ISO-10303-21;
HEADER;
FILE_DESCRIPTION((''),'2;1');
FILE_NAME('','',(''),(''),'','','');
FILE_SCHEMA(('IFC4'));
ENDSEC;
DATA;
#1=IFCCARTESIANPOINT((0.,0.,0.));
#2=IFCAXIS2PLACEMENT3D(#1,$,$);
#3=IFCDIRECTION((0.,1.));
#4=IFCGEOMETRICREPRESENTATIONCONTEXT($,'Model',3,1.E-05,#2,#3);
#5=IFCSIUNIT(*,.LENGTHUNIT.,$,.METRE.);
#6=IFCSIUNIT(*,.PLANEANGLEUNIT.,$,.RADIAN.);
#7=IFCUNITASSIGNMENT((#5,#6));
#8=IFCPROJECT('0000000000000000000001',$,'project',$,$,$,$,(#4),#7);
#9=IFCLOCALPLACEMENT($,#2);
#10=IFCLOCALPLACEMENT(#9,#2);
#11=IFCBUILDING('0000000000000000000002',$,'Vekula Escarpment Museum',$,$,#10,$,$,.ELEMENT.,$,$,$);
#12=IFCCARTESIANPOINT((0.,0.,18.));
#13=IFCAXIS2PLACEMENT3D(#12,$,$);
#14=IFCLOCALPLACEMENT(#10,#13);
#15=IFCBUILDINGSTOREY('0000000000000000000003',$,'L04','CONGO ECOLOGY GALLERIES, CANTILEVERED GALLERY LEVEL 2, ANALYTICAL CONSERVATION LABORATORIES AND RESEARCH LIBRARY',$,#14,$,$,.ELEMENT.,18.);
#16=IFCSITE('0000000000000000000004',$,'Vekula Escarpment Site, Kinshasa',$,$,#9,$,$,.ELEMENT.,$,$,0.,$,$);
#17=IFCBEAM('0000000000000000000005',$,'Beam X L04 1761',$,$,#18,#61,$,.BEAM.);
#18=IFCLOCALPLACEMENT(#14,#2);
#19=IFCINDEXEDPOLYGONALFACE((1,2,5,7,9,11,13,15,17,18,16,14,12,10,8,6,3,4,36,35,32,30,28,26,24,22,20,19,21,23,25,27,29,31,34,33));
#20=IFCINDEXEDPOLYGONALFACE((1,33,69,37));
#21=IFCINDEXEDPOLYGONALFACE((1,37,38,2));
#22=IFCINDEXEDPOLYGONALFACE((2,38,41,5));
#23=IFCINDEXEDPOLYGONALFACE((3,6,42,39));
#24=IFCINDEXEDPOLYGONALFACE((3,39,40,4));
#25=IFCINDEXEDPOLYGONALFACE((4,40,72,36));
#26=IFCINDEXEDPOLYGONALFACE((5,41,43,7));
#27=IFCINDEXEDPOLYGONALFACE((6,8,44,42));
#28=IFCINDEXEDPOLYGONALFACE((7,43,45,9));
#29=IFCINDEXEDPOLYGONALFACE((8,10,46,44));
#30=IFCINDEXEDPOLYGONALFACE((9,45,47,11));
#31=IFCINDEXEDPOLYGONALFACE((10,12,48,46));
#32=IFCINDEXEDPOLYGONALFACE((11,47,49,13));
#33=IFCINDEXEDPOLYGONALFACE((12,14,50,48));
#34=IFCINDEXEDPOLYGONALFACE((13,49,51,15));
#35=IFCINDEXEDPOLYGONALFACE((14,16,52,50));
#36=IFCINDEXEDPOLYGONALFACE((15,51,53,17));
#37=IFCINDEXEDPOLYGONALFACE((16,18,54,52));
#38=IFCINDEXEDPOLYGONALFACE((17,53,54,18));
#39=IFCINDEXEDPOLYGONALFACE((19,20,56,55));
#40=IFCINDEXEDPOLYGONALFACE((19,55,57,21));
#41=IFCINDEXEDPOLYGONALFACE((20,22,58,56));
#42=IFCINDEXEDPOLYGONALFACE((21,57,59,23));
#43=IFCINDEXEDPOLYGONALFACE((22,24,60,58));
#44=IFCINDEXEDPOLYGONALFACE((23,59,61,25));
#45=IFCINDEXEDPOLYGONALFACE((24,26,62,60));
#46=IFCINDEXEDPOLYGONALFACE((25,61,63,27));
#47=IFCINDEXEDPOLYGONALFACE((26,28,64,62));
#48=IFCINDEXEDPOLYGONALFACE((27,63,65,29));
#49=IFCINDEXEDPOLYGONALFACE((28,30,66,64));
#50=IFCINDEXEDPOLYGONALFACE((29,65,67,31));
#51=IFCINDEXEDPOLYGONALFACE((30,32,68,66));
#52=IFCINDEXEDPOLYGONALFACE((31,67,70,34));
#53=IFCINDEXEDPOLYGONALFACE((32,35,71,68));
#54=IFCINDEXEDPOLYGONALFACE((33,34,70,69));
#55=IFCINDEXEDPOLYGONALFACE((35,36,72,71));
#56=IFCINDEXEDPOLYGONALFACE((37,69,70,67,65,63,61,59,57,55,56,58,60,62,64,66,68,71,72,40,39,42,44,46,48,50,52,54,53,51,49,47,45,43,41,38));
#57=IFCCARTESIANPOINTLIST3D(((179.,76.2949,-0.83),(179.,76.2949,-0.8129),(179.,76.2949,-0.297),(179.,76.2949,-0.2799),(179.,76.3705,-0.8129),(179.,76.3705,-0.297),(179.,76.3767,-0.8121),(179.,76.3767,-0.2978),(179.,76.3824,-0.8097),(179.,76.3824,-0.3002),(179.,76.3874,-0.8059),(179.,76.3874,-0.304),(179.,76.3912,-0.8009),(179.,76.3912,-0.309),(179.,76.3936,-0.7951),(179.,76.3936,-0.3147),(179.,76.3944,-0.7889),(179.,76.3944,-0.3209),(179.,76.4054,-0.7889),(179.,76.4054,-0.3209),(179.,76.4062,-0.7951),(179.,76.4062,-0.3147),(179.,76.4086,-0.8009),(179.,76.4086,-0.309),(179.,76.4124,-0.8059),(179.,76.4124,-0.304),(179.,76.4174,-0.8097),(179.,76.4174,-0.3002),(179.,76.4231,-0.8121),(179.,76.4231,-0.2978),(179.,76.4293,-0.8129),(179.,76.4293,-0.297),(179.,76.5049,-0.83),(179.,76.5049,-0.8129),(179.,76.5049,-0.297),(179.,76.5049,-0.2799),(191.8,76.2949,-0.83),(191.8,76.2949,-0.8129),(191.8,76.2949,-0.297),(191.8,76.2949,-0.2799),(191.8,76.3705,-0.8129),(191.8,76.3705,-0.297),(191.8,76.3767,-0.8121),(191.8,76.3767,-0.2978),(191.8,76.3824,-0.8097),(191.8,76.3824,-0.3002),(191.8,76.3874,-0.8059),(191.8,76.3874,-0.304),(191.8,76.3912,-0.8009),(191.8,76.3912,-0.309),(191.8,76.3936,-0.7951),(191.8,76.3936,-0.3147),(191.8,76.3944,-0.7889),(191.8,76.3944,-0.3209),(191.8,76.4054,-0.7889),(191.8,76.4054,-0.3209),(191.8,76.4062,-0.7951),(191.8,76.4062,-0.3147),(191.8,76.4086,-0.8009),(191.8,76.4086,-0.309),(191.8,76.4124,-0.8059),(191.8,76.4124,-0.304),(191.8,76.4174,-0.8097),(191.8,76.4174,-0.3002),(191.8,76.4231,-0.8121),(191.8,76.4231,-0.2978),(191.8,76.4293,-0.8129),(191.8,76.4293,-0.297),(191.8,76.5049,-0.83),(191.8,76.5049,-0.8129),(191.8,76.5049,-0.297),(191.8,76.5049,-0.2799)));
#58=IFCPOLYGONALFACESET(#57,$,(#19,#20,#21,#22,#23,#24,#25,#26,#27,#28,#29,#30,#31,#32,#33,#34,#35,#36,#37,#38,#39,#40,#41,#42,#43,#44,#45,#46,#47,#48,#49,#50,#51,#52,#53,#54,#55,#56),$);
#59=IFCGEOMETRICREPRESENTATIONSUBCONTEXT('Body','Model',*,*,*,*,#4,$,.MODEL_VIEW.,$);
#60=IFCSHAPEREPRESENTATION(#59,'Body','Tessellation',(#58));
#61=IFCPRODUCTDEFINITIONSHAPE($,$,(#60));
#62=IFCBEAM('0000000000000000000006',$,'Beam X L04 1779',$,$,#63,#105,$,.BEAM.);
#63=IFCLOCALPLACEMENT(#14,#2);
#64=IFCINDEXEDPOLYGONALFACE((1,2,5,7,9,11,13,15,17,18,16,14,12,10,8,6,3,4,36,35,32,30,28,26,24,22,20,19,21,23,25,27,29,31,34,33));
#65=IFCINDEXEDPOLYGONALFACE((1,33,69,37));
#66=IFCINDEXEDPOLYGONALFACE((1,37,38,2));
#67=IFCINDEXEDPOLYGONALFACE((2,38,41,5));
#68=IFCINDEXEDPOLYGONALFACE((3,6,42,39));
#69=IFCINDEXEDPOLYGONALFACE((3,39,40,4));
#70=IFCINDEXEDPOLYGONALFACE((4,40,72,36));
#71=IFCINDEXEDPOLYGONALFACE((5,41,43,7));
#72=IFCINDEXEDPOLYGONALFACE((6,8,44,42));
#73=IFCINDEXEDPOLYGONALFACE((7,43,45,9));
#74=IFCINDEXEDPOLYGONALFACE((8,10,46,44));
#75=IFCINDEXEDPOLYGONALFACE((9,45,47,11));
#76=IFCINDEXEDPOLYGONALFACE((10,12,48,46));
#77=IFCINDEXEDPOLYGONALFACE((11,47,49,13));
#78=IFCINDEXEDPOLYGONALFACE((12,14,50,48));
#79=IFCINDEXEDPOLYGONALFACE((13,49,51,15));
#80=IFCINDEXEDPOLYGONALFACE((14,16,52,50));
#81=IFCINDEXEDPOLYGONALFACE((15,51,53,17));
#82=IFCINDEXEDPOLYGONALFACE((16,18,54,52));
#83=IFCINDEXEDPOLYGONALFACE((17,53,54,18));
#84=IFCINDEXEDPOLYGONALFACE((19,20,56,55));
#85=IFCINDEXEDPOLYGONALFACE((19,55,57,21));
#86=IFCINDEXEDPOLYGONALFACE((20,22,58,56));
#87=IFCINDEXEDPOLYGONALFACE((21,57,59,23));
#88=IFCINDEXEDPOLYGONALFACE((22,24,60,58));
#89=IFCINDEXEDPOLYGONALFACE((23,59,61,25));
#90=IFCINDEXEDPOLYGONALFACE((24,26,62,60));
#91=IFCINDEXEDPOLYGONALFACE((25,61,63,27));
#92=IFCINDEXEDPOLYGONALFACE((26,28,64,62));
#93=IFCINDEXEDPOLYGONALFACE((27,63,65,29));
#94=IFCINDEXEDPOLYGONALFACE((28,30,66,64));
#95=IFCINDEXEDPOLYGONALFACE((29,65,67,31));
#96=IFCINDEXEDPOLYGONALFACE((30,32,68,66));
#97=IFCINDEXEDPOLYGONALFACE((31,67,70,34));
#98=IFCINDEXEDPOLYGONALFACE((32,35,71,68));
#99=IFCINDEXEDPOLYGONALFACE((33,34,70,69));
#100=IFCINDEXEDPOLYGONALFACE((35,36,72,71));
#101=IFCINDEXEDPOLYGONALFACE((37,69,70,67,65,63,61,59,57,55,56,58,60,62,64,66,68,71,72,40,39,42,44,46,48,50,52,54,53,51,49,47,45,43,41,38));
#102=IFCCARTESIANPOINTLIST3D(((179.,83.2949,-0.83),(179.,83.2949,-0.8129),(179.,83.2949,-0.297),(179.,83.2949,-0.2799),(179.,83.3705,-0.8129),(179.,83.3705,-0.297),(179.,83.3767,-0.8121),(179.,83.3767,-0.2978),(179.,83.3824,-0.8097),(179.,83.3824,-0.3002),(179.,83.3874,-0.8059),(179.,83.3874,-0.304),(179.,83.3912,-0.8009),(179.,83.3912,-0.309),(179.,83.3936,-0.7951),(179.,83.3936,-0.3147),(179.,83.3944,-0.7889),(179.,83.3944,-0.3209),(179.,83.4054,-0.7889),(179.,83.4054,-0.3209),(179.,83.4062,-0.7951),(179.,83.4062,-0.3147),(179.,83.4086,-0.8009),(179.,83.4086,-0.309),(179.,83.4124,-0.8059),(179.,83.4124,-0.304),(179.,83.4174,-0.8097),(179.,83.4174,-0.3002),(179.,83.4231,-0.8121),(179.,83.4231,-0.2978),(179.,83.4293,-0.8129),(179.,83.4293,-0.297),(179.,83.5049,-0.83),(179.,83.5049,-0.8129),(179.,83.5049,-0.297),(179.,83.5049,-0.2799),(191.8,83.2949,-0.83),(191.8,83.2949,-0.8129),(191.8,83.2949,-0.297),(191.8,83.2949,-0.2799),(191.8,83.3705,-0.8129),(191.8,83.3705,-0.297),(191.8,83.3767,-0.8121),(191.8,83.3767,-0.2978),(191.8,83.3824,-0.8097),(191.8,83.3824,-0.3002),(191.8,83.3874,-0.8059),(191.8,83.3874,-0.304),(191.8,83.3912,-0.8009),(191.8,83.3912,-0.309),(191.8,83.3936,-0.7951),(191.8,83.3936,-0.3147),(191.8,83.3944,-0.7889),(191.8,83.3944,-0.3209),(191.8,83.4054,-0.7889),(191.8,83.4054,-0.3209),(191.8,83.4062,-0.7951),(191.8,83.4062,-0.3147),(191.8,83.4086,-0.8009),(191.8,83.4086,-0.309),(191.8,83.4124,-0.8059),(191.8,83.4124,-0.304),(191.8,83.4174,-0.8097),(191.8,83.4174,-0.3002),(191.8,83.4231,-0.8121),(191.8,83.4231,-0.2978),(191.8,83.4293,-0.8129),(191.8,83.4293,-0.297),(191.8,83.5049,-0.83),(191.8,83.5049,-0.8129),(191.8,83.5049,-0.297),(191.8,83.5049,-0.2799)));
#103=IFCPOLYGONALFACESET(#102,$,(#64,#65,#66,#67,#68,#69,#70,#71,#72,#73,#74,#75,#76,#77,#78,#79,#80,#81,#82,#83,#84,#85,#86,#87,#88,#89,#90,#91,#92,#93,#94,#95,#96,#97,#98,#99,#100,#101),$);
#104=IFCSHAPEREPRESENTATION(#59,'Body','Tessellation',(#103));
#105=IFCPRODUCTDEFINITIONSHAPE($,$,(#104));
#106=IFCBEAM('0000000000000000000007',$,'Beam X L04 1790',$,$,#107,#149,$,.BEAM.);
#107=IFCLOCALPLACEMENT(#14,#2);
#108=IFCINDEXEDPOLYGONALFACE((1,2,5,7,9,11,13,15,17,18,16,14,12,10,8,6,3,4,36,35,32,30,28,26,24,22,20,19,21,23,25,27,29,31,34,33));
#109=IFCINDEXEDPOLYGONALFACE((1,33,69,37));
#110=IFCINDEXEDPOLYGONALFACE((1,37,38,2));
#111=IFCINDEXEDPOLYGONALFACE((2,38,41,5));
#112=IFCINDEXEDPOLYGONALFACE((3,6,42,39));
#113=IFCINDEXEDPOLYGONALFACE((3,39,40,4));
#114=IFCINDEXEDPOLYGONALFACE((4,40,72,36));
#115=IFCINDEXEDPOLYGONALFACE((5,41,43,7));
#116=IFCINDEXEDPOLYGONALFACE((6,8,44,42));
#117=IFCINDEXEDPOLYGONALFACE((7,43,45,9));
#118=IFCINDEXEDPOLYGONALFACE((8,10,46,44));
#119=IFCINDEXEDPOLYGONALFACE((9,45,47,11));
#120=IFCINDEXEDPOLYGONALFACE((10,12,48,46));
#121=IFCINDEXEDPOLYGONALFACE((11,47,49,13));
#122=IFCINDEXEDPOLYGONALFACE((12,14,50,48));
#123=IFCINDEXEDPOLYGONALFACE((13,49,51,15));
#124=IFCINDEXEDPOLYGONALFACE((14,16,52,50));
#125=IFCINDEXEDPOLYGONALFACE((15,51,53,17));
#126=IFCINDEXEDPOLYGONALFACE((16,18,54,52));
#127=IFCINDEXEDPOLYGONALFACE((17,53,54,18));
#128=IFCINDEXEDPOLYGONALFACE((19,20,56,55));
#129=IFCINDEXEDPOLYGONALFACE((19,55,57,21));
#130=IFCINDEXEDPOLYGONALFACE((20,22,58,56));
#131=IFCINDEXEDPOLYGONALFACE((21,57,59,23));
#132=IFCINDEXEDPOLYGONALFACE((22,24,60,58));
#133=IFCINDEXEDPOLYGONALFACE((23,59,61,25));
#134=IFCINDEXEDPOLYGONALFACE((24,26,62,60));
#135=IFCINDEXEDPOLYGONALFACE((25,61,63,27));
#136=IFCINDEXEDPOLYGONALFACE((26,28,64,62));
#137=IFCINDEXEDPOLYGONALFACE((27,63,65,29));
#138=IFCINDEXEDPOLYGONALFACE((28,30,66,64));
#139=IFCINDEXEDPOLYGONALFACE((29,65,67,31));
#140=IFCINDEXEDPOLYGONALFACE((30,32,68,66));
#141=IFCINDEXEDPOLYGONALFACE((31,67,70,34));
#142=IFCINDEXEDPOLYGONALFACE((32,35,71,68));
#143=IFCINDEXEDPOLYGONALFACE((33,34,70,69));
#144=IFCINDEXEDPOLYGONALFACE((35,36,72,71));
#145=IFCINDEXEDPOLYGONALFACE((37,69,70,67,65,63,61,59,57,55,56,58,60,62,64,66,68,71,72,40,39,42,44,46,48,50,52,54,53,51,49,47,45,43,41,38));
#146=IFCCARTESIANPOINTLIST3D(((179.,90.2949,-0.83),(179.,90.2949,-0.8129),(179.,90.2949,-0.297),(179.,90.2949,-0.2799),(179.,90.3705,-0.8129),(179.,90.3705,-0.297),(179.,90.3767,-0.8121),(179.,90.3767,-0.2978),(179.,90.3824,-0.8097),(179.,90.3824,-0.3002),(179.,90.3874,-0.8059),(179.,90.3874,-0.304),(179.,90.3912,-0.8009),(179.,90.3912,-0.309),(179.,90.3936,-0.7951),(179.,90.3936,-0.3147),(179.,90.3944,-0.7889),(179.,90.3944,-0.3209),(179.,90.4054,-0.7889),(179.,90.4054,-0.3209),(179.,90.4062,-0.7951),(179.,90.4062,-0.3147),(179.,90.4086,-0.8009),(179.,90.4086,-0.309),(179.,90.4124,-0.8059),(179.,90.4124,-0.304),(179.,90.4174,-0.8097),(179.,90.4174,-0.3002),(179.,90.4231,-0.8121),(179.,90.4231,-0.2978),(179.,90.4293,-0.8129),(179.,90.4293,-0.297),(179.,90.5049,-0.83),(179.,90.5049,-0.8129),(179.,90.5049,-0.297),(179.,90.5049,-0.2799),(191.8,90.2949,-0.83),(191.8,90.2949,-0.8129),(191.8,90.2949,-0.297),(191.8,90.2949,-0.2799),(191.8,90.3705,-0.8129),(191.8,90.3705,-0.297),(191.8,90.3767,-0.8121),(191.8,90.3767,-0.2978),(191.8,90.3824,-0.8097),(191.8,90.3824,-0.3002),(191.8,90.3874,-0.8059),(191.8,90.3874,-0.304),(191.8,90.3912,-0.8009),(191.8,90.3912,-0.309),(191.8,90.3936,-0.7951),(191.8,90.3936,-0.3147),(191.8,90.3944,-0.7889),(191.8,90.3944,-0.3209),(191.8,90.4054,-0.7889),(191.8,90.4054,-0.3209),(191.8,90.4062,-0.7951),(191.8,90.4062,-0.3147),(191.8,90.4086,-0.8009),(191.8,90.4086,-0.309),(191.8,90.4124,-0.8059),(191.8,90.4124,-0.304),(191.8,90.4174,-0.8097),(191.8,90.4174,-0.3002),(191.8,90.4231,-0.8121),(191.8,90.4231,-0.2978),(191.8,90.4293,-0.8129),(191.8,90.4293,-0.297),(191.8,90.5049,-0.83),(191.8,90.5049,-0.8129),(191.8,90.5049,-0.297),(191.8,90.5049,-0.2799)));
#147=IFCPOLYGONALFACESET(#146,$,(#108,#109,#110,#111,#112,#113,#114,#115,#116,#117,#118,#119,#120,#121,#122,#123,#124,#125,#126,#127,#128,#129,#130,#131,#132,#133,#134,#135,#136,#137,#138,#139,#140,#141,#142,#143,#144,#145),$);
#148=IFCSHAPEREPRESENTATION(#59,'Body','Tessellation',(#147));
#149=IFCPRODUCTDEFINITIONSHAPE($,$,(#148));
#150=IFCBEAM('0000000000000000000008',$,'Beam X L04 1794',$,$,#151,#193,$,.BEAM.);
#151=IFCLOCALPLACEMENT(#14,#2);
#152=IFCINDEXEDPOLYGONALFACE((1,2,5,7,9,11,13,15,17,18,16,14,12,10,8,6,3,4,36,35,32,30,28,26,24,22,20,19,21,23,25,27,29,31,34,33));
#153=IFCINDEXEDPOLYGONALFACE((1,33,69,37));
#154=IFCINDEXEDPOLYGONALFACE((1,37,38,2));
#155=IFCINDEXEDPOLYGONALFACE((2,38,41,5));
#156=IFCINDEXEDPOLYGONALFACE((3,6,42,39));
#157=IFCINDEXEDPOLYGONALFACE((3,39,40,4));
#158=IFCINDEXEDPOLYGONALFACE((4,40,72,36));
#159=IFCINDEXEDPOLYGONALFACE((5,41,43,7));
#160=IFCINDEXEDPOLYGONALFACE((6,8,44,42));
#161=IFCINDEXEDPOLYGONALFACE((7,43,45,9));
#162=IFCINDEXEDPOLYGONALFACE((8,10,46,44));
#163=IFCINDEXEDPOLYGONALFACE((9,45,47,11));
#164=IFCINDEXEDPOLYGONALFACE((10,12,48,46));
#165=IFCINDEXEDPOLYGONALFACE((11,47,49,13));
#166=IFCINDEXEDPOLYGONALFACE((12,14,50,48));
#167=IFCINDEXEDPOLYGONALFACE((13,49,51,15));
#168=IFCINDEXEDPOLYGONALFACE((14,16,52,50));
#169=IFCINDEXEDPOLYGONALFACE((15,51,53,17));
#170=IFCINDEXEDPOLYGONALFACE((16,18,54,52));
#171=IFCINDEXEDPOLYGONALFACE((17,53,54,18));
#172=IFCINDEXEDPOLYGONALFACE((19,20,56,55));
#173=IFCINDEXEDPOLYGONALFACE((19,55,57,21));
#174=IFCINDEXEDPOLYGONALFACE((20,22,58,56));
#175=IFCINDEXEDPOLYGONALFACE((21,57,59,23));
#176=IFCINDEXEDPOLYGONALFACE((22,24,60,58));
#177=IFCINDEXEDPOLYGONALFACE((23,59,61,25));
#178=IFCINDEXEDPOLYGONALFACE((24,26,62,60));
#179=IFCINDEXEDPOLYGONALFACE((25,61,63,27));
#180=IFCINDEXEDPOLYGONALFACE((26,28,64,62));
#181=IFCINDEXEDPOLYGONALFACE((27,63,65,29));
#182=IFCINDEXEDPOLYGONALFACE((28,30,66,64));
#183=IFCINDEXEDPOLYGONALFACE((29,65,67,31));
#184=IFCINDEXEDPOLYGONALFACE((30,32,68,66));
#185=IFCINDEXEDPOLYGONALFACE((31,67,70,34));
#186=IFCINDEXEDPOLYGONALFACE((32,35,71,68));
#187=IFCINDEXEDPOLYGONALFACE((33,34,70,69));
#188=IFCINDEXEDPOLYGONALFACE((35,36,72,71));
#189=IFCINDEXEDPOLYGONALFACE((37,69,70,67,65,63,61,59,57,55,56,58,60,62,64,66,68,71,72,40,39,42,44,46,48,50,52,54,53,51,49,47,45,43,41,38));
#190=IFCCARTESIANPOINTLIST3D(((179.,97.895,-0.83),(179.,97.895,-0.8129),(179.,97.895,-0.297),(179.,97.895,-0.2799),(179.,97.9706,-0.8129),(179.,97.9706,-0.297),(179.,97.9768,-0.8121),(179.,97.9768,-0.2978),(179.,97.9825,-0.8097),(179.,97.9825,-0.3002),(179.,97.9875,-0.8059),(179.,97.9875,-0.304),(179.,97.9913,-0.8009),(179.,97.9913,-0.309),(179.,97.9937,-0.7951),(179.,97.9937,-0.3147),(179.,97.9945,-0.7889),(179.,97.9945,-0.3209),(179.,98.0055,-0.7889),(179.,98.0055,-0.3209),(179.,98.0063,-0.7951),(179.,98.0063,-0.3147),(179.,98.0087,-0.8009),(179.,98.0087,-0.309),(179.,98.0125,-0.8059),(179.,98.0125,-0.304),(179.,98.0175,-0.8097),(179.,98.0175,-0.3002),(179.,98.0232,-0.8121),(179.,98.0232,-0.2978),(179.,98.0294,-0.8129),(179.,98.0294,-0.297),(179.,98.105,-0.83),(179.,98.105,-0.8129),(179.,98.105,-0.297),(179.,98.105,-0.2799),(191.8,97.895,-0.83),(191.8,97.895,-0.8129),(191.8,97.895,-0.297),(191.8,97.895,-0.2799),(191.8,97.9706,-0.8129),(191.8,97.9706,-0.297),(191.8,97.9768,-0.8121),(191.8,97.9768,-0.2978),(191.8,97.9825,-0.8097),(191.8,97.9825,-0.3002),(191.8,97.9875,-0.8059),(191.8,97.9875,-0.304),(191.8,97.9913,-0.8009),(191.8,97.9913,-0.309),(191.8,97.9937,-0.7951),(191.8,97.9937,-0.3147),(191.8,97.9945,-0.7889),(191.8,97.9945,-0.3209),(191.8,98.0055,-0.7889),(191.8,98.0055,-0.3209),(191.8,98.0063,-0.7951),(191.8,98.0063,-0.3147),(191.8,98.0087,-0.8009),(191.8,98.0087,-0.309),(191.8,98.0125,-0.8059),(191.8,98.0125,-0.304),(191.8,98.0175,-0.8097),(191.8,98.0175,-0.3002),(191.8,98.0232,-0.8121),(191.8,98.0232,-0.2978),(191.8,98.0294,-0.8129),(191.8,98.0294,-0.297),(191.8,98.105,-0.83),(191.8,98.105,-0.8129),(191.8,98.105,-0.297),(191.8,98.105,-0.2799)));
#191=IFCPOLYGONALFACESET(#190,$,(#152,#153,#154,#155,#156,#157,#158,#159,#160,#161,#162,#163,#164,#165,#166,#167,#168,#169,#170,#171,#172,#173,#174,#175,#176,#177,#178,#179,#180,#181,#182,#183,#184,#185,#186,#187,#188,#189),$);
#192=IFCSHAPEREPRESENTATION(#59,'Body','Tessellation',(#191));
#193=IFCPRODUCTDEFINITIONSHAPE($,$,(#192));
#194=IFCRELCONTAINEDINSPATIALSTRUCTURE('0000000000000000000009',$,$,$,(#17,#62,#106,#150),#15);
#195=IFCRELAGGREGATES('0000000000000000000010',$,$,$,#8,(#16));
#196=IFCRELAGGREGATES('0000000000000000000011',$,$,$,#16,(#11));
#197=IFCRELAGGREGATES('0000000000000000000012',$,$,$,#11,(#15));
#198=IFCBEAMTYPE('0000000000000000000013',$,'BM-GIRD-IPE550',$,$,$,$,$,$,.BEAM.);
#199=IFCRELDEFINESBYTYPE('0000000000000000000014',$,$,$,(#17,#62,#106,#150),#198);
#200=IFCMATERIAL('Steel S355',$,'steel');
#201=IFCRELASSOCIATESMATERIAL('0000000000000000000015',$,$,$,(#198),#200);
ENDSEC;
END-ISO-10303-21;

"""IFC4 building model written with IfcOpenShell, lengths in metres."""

from ifc_helpers import new_model, si_unit, direction, frame, origin, origin_2d, place, context, subcontext, project, spatial, i_section, extrude, material, material_profile, profile_set, type_object, element, save


model = new_model("IFC4")

# Units and contexts
model_context = context("Model", 3, precision=1e-05, world=origin(), true_north=direction((0.0, 1.0)))
body_context = subcontext(model_context, "Body", "Model", "MODEL_VIEW")
ifc_project = project(units=[si_unit("LENGTHUNIT", "METRE"), si_unit("PLANEANGLEUNIT", "RADIAN")], contexts=[model_context])

# Site, building, storey
site_placement = place(None, origin())
site = spatial("IfcSite", under=ifc_project, at=site_placement, Name="Vekula Escarpment Site, Kinshasa", CompositionType="ELEMENT", RefElevation=0.0)
building_placement = place(site_placement, origin())
building = spatial("IfcBuilding", under=site, at=building_placement, Name="Vekula Escarpment Museum", CompositionType="ELEMENT")
storey_placement = place(building_placement, frame((0.0, 0.0, 18.0)))
storey = spatial("IfcBuildingStorey", under=building, at=storey_placement, Name="L04", Description="CONGO ECOLOGY GALLERIES, CANTILEVERED GALLERY LEVEL 2, ANALYTICAL CONSERVATION LABORATORIES AND RESEARCH LIBRARY", CompositionType="ELEMENT", Elevation=18.0)

# Beams
ifc_material_1 = material(Name="Steel S355", Category="steel")
ifc_material_profile_1 = material_profile(ifc_material_1, i_section(OverallWidth=0.21, OverallDepth=0.55, WebThickness=0.011, FlangeThickness=0.0171, FilletRadius=0.0239, at=origin_2d()), Name="IPE 550")
ifc_profile_set_1 = profile_set([ifc_material_profile_1], Name="Steel S355")
beam_type_1 = type_object("IfcBeamType", Name="BM-GIRD-IPE550", PredefinedType="BEAM", material=ifc_profile_set_1)
for number, where, z_axis, x_axis, name in (
    (1, (179.0, 76.3999, -0.5549), (1.0, 0.0, 0.0), (0.0, 1.0, 0.0), "Beam X L04 1761"),
    (2, (179.0, 83.3999, -0.5549), (1.0, 0.0, 0.0), (0.0, 1.0, 0.0), "Beam X L04 1779"),
    (3, (179.0, 90.3999, -0.5549), (1.0, 0.0, 0.0), (0.0, 1.0, 0.0), "Beam X L04 1790"),
    (4, (179.0, 98.0, -0.5549), (1.0, 0.0, 0.0), (0.0, 1.0, 0.0), "Beam X L04 1794"),
):
    element("IfcBeam", number, at=place(storey_placement, frame(where, z_axis=z_axis, x_axis=x_axis)), inside=storey, type_object=beam_type_1, Name=name, PredefinedType="BEAM", context=body_context, shape_type="SweptSolid", body=[
        extrude(i_section(OverallWidth=0.21, OverallDepth=0.55, WebThickness=0.011, FlangeThickness=0.0171, FilletRadius=0.0239, at=origin_2d()), origin(), (0.0, 0.0, 1.0), 12.8),
    ])

save(model, "model.ifc")
